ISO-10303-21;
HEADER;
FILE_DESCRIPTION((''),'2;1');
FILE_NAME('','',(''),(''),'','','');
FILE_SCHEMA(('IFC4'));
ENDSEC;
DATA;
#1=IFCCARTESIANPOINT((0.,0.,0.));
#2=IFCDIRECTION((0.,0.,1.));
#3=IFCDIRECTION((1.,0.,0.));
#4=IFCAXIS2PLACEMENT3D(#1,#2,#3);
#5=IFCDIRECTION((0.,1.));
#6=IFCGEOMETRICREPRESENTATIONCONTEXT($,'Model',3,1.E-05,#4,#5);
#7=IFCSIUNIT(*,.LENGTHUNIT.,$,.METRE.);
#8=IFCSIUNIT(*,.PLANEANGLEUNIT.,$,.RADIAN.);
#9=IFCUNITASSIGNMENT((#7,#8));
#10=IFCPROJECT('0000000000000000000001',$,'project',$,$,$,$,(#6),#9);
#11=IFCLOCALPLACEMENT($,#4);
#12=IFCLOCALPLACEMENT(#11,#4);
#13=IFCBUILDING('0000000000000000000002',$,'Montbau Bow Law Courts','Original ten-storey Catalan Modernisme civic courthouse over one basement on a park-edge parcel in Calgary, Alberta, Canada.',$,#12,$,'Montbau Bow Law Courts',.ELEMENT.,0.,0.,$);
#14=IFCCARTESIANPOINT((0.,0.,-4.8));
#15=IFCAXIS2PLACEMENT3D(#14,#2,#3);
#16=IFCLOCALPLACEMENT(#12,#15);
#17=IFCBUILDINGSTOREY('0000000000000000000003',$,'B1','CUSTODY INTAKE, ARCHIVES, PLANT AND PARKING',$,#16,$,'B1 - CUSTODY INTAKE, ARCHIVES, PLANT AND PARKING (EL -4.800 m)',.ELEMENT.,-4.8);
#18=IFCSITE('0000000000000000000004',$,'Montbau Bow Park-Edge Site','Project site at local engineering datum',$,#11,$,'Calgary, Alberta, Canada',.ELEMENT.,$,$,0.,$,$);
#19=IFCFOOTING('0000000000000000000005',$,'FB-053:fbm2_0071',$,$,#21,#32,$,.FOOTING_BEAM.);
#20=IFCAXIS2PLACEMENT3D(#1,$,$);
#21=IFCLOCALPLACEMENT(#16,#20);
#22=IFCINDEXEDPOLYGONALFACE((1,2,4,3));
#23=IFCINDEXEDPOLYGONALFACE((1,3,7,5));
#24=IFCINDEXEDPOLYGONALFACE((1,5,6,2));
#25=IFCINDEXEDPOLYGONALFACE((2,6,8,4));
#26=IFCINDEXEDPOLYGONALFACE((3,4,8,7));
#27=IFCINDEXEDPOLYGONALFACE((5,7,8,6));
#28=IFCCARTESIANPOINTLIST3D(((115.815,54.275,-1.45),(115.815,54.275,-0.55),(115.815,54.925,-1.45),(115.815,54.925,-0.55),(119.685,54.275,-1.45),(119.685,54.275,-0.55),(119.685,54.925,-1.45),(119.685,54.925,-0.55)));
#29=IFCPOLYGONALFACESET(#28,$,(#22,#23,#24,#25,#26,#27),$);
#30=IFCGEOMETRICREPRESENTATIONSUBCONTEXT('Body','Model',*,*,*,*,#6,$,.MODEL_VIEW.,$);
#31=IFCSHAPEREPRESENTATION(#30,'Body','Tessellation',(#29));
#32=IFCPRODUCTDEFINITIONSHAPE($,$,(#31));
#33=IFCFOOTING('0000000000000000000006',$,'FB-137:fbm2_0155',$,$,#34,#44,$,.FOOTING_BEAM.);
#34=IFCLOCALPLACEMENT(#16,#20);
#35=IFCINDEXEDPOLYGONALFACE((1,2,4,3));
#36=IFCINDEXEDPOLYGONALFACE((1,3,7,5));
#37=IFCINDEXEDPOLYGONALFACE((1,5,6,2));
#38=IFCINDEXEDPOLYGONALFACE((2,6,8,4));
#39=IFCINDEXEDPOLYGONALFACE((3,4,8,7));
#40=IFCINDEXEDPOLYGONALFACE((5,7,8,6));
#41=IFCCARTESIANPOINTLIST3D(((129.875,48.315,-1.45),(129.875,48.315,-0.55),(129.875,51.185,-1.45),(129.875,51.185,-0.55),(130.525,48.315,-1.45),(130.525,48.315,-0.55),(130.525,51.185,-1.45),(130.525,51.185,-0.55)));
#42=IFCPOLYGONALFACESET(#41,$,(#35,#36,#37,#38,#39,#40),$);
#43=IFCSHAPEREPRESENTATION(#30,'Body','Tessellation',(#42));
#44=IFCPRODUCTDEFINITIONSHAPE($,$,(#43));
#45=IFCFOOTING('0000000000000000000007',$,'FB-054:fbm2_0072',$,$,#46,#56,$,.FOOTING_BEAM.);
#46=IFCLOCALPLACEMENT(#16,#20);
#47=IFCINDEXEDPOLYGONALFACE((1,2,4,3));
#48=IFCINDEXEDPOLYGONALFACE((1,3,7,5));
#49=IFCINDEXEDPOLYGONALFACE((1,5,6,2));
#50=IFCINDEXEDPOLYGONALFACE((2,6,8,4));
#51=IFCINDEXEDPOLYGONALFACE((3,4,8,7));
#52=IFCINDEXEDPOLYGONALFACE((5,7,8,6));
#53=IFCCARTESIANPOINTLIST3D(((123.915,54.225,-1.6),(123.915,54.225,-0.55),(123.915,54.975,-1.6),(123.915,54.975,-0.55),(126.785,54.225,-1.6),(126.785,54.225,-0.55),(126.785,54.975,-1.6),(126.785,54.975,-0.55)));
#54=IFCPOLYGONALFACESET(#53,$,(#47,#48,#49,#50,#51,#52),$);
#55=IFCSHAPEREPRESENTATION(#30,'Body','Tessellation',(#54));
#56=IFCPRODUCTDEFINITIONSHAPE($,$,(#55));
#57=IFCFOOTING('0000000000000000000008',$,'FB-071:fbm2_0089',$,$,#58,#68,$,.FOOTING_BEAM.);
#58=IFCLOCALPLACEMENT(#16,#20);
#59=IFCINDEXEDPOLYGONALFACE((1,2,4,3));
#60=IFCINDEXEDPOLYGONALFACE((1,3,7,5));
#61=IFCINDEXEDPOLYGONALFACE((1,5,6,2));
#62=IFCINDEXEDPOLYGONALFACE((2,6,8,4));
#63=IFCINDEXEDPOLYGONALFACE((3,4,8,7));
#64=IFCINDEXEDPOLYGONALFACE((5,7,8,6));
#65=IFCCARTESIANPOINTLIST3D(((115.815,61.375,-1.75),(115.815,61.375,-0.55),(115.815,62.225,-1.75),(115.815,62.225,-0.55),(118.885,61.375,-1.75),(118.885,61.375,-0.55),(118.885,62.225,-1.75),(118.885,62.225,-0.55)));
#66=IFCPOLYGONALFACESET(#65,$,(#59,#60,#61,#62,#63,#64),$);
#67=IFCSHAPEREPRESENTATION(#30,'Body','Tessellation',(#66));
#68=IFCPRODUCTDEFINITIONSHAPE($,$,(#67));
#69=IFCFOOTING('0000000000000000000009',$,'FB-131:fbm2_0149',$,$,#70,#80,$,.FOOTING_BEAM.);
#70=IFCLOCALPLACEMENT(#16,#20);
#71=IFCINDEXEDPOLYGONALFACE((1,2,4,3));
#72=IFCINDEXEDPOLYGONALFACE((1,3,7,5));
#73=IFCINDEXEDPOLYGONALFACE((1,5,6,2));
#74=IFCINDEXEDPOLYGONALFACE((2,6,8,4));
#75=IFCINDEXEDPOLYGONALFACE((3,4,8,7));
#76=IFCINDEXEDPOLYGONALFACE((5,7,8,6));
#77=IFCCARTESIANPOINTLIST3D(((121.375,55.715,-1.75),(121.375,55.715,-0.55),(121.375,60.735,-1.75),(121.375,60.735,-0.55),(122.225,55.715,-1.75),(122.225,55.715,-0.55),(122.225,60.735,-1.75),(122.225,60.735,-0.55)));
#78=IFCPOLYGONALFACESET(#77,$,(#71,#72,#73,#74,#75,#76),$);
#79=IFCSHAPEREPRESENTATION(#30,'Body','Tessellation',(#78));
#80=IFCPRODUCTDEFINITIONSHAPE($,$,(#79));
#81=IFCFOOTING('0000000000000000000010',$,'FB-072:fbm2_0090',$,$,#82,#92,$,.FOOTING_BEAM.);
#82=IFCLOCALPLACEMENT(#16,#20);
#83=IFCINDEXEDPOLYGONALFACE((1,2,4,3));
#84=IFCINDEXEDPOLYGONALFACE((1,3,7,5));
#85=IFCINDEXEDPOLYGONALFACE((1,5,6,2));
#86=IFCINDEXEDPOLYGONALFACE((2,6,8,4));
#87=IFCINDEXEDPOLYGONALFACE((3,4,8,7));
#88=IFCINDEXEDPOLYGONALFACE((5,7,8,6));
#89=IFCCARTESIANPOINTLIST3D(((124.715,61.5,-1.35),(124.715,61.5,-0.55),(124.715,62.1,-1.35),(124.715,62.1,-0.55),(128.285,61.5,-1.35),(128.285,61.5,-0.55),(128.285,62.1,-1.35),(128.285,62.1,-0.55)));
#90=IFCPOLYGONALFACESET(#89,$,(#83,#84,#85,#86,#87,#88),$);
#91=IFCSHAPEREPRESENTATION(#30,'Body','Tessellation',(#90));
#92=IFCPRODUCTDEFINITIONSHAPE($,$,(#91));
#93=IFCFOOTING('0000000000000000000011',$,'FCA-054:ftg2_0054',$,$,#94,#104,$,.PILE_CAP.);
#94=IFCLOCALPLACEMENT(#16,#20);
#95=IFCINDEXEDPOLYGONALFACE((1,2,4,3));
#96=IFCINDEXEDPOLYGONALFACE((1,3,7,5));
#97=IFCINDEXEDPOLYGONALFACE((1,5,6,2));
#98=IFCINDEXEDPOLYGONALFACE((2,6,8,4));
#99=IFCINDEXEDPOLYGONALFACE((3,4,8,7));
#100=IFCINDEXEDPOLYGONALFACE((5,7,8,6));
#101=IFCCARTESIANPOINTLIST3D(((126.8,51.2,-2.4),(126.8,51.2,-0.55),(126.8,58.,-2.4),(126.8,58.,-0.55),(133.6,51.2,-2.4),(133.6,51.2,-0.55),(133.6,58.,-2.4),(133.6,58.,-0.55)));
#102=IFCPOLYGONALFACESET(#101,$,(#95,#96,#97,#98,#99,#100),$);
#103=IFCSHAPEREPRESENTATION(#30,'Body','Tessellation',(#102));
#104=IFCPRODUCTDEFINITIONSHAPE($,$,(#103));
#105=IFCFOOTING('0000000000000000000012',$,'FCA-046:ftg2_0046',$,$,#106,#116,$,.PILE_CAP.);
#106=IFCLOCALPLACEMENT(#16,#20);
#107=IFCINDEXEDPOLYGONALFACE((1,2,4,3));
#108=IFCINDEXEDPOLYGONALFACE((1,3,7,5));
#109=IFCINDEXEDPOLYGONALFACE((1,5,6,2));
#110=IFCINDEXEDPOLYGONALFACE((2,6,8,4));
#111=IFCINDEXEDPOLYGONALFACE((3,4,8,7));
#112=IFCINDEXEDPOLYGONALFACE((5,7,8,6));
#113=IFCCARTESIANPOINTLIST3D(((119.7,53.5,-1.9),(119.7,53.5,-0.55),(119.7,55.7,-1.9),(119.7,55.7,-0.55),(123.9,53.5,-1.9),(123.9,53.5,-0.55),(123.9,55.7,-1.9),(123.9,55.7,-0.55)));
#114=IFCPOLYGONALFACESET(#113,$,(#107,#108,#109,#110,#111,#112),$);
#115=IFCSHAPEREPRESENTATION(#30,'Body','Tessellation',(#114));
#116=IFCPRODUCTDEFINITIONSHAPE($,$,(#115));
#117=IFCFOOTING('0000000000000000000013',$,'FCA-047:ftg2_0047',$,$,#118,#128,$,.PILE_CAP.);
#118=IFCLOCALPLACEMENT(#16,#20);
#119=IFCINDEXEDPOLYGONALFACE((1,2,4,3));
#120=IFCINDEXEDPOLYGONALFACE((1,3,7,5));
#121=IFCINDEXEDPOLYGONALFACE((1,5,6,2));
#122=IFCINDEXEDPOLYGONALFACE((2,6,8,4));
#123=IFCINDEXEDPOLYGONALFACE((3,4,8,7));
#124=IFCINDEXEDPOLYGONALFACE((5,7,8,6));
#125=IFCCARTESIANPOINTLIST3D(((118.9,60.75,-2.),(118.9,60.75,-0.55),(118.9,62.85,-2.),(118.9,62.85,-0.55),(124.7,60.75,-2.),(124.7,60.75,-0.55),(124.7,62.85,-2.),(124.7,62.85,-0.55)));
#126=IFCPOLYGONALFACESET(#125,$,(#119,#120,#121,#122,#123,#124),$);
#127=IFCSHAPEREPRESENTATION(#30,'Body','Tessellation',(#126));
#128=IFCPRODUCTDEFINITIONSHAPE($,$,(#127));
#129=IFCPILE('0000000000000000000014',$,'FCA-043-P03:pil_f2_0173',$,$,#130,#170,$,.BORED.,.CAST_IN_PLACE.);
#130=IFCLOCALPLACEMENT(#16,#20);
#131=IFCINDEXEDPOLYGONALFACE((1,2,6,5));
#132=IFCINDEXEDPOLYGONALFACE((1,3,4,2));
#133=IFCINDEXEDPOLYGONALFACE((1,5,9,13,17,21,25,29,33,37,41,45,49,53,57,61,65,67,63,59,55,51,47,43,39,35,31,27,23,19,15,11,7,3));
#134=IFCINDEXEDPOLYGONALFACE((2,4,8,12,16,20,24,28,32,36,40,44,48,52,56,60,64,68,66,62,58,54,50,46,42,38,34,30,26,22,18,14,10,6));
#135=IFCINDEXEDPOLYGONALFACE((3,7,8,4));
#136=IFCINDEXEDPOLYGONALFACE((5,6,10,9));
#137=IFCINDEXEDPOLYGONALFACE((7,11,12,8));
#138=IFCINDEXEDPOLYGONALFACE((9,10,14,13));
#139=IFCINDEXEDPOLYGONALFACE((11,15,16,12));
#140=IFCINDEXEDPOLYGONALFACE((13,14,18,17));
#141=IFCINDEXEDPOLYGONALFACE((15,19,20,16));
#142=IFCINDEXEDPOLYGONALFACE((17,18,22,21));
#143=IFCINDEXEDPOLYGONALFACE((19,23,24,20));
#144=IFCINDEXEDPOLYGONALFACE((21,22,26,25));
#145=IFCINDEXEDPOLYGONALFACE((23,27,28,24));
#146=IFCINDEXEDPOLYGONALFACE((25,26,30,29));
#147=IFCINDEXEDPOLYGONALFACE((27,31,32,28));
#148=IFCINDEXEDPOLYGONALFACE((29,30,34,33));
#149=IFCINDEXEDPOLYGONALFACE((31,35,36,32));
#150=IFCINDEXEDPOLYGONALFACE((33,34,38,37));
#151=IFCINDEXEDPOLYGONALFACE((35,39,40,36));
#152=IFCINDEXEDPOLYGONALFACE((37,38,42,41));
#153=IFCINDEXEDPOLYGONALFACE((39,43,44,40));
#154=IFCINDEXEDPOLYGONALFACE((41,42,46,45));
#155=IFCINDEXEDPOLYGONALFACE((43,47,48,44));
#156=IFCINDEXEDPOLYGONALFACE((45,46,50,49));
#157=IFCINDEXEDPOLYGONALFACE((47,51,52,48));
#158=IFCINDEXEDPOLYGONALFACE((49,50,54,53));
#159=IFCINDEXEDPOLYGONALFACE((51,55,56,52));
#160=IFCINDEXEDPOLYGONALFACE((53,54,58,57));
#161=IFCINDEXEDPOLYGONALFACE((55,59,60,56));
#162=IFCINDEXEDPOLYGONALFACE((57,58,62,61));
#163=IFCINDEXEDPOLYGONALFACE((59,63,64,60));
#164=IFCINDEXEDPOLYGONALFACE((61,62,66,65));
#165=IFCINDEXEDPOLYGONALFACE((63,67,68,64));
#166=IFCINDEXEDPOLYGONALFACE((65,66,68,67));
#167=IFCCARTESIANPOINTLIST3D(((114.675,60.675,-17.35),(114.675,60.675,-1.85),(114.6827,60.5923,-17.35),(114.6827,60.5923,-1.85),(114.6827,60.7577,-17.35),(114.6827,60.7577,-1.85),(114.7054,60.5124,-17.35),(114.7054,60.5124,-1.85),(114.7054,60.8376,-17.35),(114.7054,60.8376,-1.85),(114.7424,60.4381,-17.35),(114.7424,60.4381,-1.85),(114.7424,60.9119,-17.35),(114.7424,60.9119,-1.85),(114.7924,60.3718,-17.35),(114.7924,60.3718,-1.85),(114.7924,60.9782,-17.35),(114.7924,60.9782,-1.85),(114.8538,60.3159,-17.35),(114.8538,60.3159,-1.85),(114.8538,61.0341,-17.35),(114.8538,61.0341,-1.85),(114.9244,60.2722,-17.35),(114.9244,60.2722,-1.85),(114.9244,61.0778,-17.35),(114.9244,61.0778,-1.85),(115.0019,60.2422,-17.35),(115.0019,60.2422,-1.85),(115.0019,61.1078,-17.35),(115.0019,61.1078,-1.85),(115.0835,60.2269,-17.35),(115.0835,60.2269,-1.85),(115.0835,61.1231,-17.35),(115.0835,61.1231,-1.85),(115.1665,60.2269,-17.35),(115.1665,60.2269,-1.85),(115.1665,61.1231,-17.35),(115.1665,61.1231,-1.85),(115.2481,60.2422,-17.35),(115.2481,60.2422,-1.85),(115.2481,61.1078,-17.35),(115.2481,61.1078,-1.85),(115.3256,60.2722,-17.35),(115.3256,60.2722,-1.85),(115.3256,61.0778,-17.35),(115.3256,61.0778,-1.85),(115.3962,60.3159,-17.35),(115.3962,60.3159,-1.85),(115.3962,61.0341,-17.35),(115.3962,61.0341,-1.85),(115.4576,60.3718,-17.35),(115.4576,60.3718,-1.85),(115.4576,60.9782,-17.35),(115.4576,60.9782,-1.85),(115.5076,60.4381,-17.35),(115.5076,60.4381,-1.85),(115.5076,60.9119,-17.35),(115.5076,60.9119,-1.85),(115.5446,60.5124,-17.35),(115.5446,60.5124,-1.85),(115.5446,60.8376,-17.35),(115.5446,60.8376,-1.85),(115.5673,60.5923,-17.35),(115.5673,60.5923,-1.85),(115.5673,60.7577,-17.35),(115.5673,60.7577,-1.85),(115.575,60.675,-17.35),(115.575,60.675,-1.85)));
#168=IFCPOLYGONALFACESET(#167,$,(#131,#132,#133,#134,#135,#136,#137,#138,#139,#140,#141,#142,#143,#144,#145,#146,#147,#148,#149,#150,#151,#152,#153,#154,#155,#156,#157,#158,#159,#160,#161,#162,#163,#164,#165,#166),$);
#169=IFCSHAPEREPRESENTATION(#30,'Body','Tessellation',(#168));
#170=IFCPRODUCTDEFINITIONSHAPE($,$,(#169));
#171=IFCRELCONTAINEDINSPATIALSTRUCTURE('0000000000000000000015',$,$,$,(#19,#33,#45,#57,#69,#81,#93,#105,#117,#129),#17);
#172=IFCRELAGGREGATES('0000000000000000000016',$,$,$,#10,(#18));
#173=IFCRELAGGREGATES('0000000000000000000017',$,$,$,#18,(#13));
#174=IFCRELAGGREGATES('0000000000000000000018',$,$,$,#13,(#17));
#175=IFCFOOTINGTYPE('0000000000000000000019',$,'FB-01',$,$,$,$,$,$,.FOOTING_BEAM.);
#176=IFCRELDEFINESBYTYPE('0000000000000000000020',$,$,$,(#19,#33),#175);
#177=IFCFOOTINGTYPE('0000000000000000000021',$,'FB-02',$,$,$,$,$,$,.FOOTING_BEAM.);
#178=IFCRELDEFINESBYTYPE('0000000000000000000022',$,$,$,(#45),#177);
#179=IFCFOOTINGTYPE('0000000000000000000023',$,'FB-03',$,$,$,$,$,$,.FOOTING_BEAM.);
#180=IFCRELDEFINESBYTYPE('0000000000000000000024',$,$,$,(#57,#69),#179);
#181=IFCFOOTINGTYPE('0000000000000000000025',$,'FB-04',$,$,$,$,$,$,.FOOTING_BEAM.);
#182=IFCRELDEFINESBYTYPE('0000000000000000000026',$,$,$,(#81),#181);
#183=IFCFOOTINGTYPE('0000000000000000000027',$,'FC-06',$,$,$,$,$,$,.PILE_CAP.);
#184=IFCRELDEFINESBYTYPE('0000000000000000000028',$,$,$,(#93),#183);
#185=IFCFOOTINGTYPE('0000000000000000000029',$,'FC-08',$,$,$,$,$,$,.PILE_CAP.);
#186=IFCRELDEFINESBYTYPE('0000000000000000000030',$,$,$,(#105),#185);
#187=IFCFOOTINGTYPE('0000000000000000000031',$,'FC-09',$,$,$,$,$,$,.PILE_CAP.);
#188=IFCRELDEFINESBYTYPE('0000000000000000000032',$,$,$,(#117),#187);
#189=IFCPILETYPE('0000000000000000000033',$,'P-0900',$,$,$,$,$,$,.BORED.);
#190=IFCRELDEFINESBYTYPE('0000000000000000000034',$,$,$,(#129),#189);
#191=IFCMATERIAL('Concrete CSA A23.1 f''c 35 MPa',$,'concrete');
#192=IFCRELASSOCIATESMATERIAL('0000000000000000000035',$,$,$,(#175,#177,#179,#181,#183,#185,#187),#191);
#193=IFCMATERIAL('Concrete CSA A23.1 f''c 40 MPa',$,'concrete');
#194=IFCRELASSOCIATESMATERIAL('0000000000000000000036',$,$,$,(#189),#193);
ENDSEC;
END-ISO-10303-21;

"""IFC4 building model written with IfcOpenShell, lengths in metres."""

from ifc_helpers import new_model, si_unit, direction, frame, origin_with_axes, origin_2d_with_axis, place, context, subcontext, project, spatial, rectangle, circle, extrude, material, material_profile, profile_set, type_object, element, save


model = new_model("IFC4")

# Units and contexts
model_context = context("Model", 3, precision=1e-05, world=origin_with_axes(), true_north=direction((0.0, 1.0)))
body_context = subcontext(model_context, "Body", "Model", "MODEL_VIEW")
ifc_project = project(units=[si_unit("LENGTHUNIT", "METRE"), si_unit("PLANEANGLEUNIT", "RADIAN")], contexts=[model_context])

# Site, building, storey
site_placement = place(None, origin_with_axes())
site = spatial("IfcSite", under=ifc_project, at=site_placement, Name="Montbau Bow Park-Edge Site", Description="Project site at local engineering datum", LongName="Calgary, Alberta, Canada", CompositionType="ELEMENT", RefElevation=0.0)
building_placement = place(site_placement, origin_with_axes())
building = spatial("IfcBuilding", under=site, at=building_placement, Name="Montbau Bow Law Courts", Description="Original ten-storey Catalan Modernisme civic courthouse over one basement on a park-edge parcel in Calgary, Alberta, Canada.", LongName="Montbau Bow Law Courts", CompositionType="ELEMENT", ElevationOfRefHeight=0.0, ElevationOfTerrain=0.0)
storey_placement = place(building_placement, frame((0.0, 0.0, -4.8), z_axis=(0.0, 0.0, 1.0), x_axis=(1.0, 0.0, 0.0)))
storey = spatial("IfcBuildingStorey", under=building, at=storey_placement, Name="B1", Description="CUSTODY INTAKE, ARCHIVES, PLANT AND PARKING", LongName="B1 - CUSTODY INTAKE, ARCHIVES, PLANT AND PARKING (EL -4.800 m)", CompositionType="ELEMENT", Elevation=-4.8)

# Footings
ifc_material_1 = material(Name="Concrete CSA A23.1 f'c 35 MPa", Category="concrete")
footing_type_1 = type_object("IfcFootingType", Name="FB-01", PredefinedType="FOOTING_BEAM", material=ifc_material_1)
footing_1_placement = place(None, frame((117.75, 54.6, -6.25), z_axis=(0.0, 0.0, 1.0), x_axis=(1.0, 0.0, 0.0)))
element("IfcFooting", 1, at=footing_1_placement, inside=storey, type_object=footing_type_1, Name="FB-053:fbm2_0071", PredefinedType="FOOTING_BEAM", context=body_context, shape_type="SweptSolid", body=[
    extrude(rectangle(XDim=3.87, YDim=0.65, at=origin_2d_with_axis()), origin_with_axes(), (0.0, 0.0, 1.0), 0.9),
])
footing_2_placement = place(None, frame((130.2, 49.75, -6.25), z_axis=(0.0, 0.0, 1.0), x_axis=(0.0, 1.0, 0.0)))
element("IfcFooting", 2, at=footing_2_placement, inside=storey, type_object=footing_type_1, Name="FB-137:fbm2_0155", PredefinedType="FOOTING_BEAM", context=body_context, shape_type="SweptSolid", body=[
    extrude(rectangle(XDim=2.87, YDim=0.65, at=origin_2d_with_axis()), origin_with_axes(), (0.0, 0.0, 1.0), 0.9),
])
footing_type_2 = type_object("IfcFootingType", Name="FB-02", PredefinedType="FOOTING_BEAM", material=ifc_material_1)
footing_3_placement = place(None, frame((125.35, 54.6, -6.4), z_axis=(0.0, 0.0, 1.0), x_axis=(1.0, 0.0, 0.0)))
element("IfcFooting", 3, at=footing_3_placement, inside=storey, type_object=footing_type_2, Name="FB-054:fbm2_0072", PredefinedType="FOOTING_BEAM", context=body_context, shape_type="SweptSolid", body=[
    extrude(rectangle(XDim=2.87, YDim=0.75, at=origin_2d_with_axis()), origin_with_axes(), (0.0, 0.0, 1.0), 1.05),
])
footing_type_3 = type_object("IfcFootingType", Name="FB-03", PredefinedType="FOOTING_BEAM", material=ifc_material_1)
footing_4_placement = place(None, frame((117.35, 61.8, -6.55), z_axis=(0.0, 0.0, 1.0), x_axis=(1.0, 0.0, 0.0)))
element("IfcFooting", 4, at=footing_4_placement, inside=storey, type_object=footing_type_3, Name="FB-071:fbm2_0089", PredefinedType="FOOTING_BEAM", context=body_context, shape_type="SweptSolid", body=[
    extrude(rectangle(XDim=3.07, YDim=0.85, at=origin_2d_with_axis()), origin_with_axes(), (0.0, 0.0, 1.0), 1.2),
])
footing_5_placement = place(None, frame((121.8, 58.225, -6.55), z_axis=(0.0, 0.0, 1.0), x_axis=(0.0, 1.0, 0.0)))
element("IfcFooting", 5, at=footing_5_placement, inside=storey, type_object=footing_type_3, Name="FB-131:fbm2_0149", PredefinedType="FOOTING_BEAM", context=body_context, shape_type="SweptSolid", body=[
    extrude(rectangle(XDim=5.02, YDim=0.85, at=origin_2d_with_axis()), origin_with_axes(), (0.0, 0.0, 1.0), 1.2),
])
footing_type_4 = type_object("IfcFootingType", Name="FB-04", PredefinedType="FOOTING_BEAM", material=ifc_material_1)
footing_6_placement = place(None, frame((126.5, 61.8, -6.15), z_axis=(0.0, 0.0, 1.0), x_axis=(1.0, 0.0, 0.0)))
element("IfcFooting", 6, at=footing_6_placement, inside=storey, type_object=footing_type_4, Name="FB-072:fbm2_0090", PredefinedType="FOOTING_BEAM", context=body_context, shape_type="SweptSolid", body=[
    extrude(rectangle(XDim=3.57, YDim=0.6, at=origin_2d_with_axis()), origin_with_axes(), (0.0, 0.0, 1.0), 0.8),
])
footing_type_5 = type_object("IfcFootingType", Name="FC-06", PredefinedType="PILE_CAP", material=ifc_material_1)
footing_7_placement = place(None, frame((130.2, 54.6, -7.2), z_axis=(0.0, 0.0, 1.0), x_axis=(1.0, 0.0, 0.0)))
element("IfcFooting", 7, at=footing_7_placement, inside=storey, type_object=footing_type_5, Name="FCA-054:ftg2_0054", PredefinedType="PILE_CAP", context=body_context, shape_type="SweptSolid", body=[
    extrude(rectangle(XDim=6.8, YDim=6.8, at=origin_2d_with_axis()), origin_with_axes(), (0.0, 0.0, 1.0), 1.85),
])
footing_type_6 = type_object("IfcFootingType", Name="FC-08", PredefinedType="PILE_CAP", material=ifc_material_1)
footing_8_placement = place(None, frame((121.8, 54.6, -6.7), z_axis=(0.0, 0.0, 1.0), x_axis=(1.0, 0.0, 0.0)))
element("IfcFooting", 8, at=footing_8_placement, inside=storey, type_object=footing_type_6, Name="FCA-046:ftg2_0046", PredefinedType="PILE_CAP", context=body_context, shape_type="SweptSolid", body=[
    extrude(rectangle(XDim=4.2, YDim=2.2, at=origin_2d_with_axis()), origin_with_axes(), (0.0, 0.0, 1.0), 1.35),
])
footing_type_7 = type_object("IfcFootingType", Name="FC-09", PredefinedType="PILE_CAP", material=ifc_material_1)
footing_9_placement = place(None, frame((121.8, 61.8, -6.8), z_axis=(0.0, 0.0, 1.0), x_axis=(1.0, 0.0, 0.0)))
element("IfcFooting", 9, at=footing_9_placement, inside=storey, type_object=footing_type_7, Name="FCA-047:ftg2_0047", PredefinedType="PILE_CAP", context=body_context, shape_type="SweptSolid", body=[
    extrude(rectangle(XDim=5.8, YDim=2.1, at=origin_2d_with_axis()), origin_with_axes(), (0.0, 0.0, 1.0), 1.45),
])

# Pile
ifc_material_2 = material(Name="Concrete CSA A23.1 f'c 40 MPa", Category="concrete")
ifc_material_profile_1 = material_profile(ifc_material_2, circle(Radius=0.45, at=origin_2d_with_axis()), Name="BP900", Category="Main", Priority=0)
ifc_profile_set_1 = profile_set([ifc_material_profile_1], Name="Concrete CSA A23.1 f'c 40 MPa")
pile_type_1 = type_object("IfcPileType", Name="P-0900", PredefinedType="BORED", material=ifc_profile_set_1)
for number, where, z_axis, x_axis, name in (
    (10, (115.125, 60.675, -22.15), (0.0, 0.0, 1.0), (1.0, 0.0, 0.0), "FCA-043-P03:pil_f2_0173"),
):
    element("IfcPile", number, at=place(None, frame(where, z_axis=z_axis, x_axis=x_axis)), inside=storey, type_object=pile_type_1, Name=name, ConstructionType="CAST_IN_PLACE", PredefinedType="BORED", context=body_context, shape_type="SweptSolid", body=[
        extrude(circle(Radius=0.45, at=origin_2d_with_axis()), origin_with_axes(), (0.0, 0.0, 1.0), 15.5),
    ])

save(model, "model.ifc")
